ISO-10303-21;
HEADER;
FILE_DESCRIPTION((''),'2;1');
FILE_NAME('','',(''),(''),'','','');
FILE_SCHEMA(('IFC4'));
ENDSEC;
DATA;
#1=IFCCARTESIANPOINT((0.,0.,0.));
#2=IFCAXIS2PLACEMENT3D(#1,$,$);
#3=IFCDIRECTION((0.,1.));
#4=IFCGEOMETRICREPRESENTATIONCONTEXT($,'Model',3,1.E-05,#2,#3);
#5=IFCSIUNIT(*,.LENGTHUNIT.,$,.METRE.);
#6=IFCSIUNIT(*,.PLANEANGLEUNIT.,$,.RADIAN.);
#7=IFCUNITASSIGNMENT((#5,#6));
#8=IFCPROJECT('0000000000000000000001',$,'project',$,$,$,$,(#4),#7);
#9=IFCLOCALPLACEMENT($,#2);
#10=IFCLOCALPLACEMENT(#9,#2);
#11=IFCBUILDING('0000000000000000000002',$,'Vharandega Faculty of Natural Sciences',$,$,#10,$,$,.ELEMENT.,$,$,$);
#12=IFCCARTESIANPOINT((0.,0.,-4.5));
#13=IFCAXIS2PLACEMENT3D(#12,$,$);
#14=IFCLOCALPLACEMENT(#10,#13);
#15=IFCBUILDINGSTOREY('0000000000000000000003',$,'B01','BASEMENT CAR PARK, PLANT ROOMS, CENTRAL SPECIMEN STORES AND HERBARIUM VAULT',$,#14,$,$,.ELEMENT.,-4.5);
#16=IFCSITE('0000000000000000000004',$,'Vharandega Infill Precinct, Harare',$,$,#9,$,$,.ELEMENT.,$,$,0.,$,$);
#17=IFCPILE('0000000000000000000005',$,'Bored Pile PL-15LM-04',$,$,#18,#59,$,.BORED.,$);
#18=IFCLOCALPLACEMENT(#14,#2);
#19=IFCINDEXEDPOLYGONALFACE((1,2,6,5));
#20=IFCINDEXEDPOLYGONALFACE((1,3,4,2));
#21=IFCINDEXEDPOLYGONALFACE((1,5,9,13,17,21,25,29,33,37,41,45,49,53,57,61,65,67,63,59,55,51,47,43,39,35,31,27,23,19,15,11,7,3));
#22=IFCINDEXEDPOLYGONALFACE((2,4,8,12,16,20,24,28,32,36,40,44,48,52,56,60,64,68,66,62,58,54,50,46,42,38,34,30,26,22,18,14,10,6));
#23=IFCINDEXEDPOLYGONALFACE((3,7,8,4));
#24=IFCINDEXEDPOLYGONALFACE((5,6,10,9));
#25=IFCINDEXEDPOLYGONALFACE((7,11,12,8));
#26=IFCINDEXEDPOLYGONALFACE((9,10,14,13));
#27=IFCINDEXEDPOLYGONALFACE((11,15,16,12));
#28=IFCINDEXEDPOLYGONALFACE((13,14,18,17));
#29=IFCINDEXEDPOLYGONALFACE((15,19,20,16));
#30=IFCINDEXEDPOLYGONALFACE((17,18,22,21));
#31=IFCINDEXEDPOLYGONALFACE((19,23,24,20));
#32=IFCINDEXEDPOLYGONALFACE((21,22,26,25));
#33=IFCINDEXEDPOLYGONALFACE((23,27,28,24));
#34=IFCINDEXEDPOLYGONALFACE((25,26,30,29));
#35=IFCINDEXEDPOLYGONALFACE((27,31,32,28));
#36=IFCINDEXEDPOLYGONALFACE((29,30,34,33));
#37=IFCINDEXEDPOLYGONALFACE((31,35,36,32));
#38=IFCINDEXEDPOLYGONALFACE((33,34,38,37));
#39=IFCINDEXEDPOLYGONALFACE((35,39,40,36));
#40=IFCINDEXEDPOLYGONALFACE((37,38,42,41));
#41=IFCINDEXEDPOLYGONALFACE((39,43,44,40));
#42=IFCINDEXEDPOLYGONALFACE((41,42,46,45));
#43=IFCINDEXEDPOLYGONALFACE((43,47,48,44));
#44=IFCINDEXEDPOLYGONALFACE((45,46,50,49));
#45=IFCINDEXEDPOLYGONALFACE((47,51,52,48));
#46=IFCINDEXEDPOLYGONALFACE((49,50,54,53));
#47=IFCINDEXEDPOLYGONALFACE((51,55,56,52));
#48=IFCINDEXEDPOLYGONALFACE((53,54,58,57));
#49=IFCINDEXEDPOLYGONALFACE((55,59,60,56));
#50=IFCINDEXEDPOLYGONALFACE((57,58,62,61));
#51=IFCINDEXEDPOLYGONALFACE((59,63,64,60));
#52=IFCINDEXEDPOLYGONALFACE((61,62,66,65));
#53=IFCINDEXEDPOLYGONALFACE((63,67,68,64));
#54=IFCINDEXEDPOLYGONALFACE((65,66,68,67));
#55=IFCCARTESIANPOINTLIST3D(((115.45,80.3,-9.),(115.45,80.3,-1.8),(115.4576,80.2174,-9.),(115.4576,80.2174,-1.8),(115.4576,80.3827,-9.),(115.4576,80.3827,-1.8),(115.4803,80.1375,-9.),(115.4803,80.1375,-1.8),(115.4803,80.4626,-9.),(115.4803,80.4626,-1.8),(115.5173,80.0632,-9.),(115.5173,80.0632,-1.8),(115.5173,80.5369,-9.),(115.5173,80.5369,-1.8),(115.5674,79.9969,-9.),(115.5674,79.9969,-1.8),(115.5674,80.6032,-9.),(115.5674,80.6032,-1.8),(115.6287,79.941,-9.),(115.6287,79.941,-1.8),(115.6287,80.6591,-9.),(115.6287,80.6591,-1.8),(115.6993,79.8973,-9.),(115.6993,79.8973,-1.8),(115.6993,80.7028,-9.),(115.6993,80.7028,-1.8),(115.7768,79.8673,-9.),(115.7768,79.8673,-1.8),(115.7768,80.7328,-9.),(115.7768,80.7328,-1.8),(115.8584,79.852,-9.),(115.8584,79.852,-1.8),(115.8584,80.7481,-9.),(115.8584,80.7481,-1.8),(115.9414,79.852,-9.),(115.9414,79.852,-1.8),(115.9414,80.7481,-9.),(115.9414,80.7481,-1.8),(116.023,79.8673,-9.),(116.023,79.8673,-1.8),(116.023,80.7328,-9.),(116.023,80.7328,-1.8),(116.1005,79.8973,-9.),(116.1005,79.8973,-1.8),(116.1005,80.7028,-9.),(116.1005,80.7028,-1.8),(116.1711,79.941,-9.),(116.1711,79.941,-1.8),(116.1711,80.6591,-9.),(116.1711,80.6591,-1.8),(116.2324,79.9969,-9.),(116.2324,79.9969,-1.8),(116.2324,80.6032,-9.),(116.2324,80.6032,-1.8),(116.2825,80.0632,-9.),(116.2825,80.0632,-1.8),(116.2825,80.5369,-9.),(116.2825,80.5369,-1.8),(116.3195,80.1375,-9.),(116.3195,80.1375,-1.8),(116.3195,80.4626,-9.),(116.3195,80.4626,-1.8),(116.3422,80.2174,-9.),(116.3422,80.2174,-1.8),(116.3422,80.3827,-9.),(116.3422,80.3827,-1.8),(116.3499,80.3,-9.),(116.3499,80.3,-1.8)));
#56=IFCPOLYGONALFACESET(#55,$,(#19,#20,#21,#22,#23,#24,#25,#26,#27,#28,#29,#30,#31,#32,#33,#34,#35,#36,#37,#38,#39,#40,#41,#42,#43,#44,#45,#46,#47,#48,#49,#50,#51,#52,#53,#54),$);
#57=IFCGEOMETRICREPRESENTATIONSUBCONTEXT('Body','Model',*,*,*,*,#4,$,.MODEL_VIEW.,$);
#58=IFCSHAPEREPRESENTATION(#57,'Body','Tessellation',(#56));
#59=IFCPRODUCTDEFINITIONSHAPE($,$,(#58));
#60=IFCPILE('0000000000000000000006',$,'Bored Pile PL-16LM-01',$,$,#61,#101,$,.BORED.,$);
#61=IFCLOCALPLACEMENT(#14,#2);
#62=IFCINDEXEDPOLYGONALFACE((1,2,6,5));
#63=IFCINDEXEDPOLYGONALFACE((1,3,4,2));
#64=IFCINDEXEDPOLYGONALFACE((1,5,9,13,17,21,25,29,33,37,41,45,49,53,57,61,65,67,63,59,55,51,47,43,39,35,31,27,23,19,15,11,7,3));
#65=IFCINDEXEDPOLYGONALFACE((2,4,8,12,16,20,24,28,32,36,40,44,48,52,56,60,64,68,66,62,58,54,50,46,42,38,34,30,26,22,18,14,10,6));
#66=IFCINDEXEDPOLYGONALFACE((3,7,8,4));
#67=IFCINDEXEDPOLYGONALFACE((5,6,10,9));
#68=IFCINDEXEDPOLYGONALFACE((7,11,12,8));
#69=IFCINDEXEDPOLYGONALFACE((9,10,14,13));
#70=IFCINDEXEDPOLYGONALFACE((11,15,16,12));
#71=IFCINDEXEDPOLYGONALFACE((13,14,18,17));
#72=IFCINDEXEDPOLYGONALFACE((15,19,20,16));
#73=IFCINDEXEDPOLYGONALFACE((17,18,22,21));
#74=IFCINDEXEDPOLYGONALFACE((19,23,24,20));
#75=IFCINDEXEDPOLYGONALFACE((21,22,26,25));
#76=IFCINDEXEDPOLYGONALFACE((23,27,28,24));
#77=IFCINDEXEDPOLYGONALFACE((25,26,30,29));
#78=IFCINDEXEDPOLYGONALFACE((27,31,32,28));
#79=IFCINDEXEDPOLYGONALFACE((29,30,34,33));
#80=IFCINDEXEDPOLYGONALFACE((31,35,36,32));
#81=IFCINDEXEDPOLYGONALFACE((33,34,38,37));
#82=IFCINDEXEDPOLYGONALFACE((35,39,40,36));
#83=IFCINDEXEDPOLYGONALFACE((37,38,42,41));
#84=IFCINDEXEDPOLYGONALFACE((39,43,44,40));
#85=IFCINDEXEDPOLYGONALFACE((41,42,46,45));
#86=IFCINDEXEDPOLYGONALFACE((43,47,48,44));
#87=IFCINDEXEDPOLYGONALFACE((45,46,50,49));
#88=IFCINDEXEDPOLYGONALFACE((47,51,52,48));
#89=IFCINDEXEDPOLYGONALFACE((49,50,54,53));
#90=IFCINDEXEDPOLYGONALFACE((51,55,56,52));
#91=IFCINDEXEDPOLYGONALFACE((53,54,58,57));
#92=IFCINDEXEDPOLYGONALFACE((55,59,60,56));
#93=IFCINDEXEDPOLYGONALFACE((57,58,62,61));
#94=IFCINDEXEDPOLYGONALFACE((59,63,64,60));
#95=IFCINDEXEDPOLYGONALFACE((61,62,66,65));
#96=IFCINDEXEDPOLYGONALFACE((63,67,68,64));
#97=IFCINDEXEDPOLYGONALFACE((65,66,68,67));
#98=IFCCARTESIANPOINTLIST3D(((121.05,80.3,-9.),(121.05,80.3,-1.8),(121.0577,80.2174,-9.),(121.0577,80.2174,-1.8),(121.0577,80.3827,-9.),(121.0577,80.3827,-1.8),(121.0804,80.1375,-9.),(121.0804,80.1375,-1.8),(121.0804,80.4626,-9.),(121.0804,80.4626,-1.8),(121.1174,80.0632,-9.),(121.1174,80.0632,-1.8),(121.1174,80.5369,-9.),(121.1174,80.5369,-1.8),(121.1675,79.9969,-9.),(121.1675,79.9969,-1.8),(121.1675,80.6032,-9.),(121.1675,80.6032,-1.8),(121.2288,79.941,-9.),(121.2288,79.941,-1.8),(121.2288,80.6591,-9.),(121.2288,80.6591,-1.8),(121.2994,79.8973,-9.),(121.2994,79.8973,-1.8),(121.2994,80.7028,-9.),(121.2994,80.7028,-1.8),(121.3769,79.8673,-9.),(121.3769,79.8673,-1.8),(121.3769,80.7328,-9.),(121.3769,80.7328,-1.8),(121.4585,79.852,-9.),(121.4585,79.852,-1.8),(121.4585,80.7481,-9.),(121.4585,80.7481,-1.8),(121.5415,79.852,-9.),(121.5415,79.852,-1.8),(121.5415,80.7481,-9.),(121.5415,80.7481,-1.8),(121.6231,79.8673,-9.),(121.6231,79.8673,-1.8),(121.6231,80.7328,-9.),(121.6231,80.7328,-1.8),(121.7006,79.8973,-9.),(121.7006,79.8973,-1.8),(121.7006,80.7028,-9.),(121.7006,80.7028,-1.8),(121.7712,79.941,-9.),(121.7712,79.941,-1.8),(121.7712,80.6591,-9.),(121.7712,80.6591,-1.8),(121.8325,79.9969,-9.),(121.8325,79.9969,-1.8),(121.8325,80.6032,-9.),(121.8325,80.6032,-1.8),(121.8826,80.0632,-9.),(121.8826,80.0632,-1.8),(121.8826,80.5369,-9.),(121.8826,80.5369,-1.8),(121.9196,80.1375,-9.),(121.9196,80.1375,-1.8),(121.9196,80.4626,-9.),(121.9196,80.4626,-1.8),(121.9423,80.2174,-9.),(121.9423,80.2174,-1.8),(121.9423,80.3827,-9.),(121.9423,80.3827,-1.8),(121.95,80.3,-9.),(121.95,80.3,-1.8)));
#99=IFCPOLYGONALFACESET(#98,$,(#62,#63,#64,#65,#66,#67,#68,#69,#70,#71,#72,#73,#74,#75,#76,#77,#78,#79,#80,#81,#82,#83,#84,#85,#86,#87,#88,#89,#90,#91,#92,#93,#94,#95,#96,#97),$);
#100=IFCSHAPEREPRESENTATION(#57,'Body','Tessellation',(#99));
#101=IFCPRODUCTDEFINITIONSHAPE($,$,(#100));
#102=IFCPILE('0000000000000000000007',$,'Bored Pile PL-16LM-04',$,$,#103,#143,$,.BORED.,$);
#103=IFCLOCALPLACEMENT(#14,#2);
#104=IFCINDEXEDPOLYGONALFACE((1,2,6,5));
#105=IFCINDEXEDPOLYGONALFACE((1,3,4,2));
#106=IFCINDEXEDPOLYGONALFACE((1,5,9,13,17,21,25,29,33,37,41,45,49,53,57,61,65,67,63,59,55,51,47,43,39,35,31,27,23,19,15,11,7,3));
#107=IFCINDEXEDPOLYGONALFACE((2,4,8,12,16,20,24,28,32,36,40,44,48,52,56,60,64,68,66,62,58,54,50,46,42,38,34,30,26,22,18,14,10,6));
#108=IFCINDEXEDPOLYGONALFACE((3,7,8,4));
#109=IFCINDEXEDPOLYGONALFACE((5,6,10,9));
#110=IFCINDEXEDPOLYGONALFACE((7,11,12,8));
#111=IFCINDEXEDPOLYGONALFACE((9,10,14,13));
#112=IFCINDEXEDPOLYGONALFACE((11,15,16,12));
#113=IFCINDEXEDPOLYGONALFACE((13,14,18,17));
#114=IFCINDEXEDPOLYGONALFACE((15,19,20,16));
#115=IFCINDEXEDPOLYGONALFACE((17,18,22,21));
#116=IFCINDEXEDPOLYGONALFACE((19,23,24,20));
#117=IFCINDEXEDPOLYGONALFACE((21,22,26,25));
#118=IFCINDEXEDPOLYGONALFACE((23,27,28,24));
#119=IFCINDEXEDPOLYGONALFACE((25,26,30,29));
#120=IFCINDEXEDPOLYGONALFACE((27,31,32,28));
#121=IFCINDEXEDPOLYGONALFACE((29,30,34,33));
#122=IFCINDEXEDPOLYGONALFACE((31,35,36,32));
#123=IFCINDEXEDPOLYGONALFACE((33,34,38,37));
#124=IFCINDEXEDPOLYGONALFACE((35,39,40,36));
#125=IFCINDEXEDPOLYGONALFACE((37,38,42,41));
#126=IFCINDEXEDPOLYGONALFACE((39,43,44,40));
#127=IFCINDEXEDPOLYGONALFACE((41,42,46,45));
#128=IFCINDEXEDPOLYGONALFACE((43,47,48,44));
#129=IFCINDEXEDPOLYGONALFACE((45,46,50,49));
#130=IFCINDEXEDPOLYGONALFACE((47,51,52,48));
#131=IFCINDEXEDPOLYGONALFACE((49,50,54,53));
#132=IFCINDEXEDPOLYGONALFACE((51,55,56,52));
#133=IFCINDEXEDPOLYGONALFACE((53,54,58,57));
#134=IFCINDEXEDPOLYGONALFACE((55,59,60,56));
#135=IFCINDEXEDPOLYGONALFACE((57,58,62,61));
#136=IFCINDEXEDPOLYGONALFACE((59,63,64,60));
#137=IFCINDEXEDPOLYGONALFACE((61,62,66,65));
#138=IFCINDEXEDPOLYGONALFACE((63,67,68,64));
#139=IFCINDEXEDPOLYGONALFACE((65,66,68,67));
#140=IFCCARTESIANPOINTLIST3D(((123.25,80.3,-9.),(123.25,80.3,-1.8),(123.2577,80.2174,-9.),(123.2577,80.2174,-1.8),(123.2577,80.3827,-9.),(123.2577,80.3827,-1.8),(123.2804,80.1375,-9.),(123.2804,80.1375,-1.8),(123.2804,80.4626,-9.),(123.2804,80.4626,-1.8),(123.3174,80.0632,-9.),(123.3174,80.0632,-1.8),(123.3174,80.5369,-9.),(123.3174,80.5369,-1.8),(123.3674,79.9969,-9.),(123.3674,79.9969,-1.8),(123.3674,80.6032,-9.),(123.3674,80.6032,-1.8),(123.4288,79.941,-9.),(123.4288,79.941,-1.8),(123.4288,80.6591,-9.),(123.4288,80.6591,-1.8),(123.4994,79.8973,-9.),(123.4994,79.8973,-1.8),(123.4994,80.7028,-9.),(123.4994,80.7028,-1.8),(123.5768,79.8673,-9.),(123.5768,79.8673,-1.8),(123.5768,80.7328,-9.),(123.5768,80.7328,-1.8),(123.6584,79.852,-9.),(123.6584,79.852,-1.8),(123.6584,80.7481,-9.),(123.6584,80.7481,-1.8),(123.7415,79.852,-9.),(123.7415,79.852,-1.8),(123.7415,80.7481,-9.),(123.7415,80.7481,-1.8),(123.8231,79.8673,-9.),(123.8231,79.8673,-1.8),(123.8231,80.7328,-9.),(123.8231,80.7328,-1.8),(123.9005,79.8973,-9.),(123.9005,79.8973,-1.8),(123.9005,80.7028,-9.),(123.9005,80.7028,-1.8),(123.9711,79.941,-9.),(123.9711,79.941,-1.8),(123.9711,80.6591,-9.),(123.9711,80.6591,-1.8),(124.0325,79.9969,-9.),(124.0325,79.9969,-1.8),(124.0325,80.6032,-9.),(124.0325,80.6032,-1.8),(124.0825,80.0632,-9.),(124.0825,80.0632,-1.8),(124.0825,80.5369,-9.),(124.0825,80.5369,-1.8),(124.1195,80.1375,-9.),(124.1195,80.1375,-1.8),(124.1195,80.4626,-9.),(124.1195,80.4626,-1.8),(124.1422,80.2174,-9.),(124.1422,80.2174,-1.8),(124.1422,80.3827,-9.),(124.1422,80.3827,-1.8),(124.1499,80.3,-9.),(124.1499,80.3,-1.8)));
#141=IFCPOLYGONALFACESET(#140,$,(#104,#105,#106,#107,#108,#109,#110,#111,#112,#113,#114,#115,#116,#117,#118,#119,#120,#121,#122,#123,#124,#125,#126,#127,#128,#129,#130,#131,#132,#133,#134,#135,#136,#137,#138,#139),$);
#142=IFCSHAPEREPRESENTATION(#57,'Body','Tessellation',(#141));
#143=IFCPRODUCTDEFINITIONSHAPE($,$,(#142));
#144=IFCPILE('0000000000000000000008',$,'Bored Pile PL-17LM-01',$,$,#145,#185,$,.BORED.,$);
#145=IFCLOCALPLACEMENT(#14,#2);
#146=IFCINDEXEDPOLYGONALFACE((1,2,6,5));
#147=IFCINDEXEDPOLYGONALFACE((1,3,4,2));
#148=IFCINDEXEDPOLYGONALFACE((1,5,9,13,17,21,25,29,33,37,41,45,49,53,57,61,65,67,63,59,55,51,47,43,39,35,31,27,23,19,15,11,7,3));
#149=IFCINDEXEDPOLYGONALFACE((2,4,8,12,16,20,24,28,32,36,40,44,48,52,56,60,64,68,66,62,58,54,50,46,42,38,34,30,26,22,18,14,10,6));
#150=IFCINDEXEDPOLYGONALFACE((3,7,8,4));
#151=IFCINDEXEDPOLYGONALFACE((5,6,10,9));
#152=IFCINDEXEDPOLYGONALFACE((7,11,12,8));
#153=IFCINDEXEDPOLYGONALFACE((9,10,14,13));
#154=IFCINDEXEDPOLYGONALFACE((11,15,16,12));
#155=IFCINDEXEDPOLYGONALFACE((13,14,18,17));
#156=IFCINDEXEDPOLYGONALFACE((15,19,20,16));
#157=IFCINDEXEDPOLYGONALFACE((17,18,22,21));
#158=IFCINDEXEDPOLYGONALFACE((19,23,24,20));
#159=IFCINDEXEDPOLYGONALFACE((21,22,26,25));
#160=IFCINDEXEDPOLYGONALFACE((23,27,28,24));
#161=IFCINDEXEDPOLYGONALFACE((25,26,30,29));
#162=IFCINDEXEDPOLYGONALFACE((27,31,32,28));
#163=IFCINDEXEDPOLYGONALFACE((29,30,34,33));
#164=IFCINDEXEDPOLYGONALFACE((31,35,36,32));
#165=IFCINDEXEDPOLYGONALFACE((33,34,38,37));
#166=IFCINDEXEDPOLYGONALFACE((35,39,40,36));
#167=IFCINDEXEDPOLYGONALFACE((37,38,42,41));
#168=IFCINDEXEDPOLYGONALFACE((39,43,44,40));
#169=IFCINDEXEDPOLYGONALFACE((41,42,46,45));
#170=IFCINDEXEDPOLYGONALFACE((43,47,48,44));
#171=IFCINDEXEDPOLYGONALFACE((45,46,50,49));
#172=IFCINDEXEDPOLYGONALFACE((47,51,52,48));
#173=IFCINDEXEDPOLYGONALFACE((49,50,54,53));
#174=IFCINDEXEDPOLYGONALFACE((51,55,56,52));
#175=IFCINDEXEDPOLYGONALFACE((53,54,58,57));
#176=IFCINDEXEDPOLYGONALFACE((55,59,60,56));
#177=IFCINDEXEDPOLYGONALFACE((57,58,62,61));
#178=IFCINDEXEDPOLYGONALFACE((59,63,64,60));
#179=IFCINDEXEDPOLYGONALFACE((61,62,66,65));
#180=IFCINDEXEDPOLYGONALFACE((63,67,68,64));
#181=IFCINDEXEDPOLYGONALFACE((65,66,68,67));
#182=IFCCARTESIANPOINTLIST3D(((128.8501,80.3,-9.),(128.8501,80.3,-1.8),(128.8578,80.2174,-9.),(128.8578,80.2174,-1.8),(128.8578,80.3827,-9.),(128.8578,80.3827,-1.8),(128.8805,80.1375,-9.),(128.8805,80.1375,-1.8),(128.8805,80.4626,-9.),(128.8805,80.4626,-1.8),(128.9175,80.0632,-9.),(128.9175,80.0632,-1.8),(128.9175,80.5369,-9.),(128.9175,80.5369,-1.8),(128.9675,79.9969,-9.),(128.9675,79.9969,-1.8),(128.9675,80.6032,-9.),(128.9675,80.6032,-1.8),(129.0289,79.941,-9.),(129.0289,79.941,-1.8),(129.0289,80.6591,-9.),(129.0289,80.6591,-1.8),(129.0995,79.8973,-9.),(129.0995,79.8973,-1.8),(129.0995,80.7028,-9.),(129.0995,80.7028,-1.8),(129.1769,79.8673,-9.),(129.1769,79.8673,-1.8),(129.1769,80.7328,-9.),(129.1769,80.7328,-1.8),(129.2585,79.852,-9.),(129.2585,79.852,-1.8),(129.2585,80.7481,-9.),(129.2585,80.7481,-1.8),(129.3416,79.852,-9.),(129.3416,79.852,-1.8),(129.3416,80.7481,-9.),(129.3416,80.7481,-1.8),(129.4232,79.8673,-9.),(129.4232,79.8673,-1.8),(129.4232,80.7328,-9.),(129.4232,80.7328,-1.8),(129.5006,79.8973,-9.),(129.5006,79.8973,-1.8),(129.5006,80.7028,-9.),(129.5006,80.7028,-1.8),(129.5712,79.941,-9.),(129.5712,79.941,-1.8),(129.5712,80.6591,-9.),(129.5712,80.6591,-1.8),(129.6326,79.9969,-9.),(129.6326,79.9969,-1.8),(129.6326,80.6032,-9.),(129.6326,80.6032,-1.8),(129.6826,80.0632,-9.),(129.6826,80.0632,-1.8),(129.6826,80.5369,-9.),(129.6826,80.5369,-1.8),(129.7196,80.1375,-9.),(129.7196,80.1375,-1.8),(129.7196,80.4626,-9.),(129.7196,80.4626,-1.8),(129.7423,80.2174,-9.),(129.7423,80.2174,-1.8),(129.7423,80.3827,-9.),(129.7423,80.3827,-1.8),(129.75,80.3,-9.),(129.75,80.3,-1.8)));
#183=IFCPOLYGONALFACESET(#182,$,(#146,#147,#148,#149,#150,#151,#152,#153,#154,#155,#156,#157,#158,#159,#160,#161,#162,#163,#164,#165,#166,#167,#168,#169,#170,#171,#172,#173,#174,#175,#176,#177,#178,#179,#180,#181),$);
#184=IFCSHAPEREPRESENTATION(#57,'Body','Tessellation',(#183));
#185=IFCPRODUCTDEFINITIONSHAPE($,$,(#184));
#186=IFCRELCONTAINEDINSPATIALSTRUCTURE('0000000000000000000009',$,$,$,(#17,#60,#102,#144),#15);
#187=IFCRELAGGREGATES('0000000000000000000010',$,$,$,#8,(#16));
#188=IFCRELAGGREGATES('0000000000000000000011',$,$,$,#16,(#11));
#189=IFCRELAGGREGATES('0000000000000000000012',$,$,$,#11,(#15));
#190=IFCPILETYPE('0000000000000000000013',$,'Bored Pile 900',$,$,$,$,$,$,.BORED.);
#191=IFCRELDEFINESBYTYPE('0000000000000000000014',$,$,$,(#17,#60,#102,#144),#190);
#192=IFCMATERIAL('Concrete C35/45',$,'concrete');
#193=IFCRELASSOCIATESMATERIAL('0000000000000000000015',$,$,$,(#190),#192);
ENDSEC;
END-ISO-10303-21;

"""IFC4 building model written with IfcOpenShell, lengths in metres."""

from ifc_helpers import new_model, si_unit, direction, frame, origin, origin_2d, place, context, subcontext, project, spatial, circle, extrude, material, material_profile, profile_set, type_object, element, save


model = new_model("IFC4")

# Units and contexts
model_context = context("Model", 3, precision=1e-05, world=origin(), true_north=direction((0.0, 1.0)))
body_context = subcontext(model_context, "Body", "Model", "MODEL_VIEW")
ifc_project = project(units=[si_unit("LENGTHUNIT", "METRE"), si_unit("PLANEANGLEUNIT", "RADIAN")], contexts=[model_context])

# Site, building, storey
site_placement = place(None, origin())
site = spatial("IfcSite", under=ifc_project, at=site_placement, Name="Vharandega Infill Precinct, Harare", CompositionType="ELEMENT", RefElevation=0.0)
building_placement = place(site_placement, origin())
building = spatial("IfcBuilding", under=site, at=building_placement, Name="Vharandega Faculty of Natural Sciences", CompositionType="ELEMENT")
storey_placement = place(building_placement, frame((0.0, 0.0, -4.5)))
storey = spatial("IfcBuildingStorey", under=building, at=storey_placement, Name="B01", Description="BASEMENT CAR PARK, PLANT ROOMS, CENTRAL SPECIMEN STORES AND HERBARIUM VAULT", CompositionType="ELEMENT", Elevation=-4.5)

# Piles
ifc_material_1 = material(Name="Concrete C35/45", Category="concrete")
ifc_material_profile_1 = material_profile(ifc_material_1, circle(Radius=0.45, at=origin_2d()), Name="PILE 900")
ifc_profile_set_1 = profile_set([ifc_material_profile_1], Name="Concrete C35/45")
pile_type = type_object("IfcPileType", Name="Bored Pile 900", PredefinedType="BORED", material=ifc_profile_set_1)
for number, where, z_axis, x_axis, name in (
    (1, (115.8999, 80.3, -1.8), (0.0, 0.0, -1.0), (1.0, 0.0, 0.0), "Bored Pile PL-15LM-04"),
    (2, (121.5, 80.3, -1.8), (0.0, 0.0, -1.0), (1.0, 0.0, 0.0), "Bored Pile PL-16LM-01"),
    (3, (123.7, 80.3, -1.8), (0.0, 0.0, -1.0), (1.0, 0.0, 0.0), "Bored Pile PL-16LM-04"),
    (4, (129.3, 80.3, -1.8), (0.0, 0.0, -1.0), (1.0, 0.0, 0.0), "Bored Pile PL-17LM-01"),
):
    element("IfcPile", number, at=place(storey_placement, frame(where, z_axis=z_axis, x_axis=x_axis)), inside=storey, type_object=pile_type, Name=name, PredefinedType="BORED", context=body_context, shape_type="SweptSolid", body=[
        extrude(circle(Radius=0.45, at=origin_2d()), origin(), (0.0, 0.0, 1.0), 7.2),
    ])

save(model, "model.ifc")
